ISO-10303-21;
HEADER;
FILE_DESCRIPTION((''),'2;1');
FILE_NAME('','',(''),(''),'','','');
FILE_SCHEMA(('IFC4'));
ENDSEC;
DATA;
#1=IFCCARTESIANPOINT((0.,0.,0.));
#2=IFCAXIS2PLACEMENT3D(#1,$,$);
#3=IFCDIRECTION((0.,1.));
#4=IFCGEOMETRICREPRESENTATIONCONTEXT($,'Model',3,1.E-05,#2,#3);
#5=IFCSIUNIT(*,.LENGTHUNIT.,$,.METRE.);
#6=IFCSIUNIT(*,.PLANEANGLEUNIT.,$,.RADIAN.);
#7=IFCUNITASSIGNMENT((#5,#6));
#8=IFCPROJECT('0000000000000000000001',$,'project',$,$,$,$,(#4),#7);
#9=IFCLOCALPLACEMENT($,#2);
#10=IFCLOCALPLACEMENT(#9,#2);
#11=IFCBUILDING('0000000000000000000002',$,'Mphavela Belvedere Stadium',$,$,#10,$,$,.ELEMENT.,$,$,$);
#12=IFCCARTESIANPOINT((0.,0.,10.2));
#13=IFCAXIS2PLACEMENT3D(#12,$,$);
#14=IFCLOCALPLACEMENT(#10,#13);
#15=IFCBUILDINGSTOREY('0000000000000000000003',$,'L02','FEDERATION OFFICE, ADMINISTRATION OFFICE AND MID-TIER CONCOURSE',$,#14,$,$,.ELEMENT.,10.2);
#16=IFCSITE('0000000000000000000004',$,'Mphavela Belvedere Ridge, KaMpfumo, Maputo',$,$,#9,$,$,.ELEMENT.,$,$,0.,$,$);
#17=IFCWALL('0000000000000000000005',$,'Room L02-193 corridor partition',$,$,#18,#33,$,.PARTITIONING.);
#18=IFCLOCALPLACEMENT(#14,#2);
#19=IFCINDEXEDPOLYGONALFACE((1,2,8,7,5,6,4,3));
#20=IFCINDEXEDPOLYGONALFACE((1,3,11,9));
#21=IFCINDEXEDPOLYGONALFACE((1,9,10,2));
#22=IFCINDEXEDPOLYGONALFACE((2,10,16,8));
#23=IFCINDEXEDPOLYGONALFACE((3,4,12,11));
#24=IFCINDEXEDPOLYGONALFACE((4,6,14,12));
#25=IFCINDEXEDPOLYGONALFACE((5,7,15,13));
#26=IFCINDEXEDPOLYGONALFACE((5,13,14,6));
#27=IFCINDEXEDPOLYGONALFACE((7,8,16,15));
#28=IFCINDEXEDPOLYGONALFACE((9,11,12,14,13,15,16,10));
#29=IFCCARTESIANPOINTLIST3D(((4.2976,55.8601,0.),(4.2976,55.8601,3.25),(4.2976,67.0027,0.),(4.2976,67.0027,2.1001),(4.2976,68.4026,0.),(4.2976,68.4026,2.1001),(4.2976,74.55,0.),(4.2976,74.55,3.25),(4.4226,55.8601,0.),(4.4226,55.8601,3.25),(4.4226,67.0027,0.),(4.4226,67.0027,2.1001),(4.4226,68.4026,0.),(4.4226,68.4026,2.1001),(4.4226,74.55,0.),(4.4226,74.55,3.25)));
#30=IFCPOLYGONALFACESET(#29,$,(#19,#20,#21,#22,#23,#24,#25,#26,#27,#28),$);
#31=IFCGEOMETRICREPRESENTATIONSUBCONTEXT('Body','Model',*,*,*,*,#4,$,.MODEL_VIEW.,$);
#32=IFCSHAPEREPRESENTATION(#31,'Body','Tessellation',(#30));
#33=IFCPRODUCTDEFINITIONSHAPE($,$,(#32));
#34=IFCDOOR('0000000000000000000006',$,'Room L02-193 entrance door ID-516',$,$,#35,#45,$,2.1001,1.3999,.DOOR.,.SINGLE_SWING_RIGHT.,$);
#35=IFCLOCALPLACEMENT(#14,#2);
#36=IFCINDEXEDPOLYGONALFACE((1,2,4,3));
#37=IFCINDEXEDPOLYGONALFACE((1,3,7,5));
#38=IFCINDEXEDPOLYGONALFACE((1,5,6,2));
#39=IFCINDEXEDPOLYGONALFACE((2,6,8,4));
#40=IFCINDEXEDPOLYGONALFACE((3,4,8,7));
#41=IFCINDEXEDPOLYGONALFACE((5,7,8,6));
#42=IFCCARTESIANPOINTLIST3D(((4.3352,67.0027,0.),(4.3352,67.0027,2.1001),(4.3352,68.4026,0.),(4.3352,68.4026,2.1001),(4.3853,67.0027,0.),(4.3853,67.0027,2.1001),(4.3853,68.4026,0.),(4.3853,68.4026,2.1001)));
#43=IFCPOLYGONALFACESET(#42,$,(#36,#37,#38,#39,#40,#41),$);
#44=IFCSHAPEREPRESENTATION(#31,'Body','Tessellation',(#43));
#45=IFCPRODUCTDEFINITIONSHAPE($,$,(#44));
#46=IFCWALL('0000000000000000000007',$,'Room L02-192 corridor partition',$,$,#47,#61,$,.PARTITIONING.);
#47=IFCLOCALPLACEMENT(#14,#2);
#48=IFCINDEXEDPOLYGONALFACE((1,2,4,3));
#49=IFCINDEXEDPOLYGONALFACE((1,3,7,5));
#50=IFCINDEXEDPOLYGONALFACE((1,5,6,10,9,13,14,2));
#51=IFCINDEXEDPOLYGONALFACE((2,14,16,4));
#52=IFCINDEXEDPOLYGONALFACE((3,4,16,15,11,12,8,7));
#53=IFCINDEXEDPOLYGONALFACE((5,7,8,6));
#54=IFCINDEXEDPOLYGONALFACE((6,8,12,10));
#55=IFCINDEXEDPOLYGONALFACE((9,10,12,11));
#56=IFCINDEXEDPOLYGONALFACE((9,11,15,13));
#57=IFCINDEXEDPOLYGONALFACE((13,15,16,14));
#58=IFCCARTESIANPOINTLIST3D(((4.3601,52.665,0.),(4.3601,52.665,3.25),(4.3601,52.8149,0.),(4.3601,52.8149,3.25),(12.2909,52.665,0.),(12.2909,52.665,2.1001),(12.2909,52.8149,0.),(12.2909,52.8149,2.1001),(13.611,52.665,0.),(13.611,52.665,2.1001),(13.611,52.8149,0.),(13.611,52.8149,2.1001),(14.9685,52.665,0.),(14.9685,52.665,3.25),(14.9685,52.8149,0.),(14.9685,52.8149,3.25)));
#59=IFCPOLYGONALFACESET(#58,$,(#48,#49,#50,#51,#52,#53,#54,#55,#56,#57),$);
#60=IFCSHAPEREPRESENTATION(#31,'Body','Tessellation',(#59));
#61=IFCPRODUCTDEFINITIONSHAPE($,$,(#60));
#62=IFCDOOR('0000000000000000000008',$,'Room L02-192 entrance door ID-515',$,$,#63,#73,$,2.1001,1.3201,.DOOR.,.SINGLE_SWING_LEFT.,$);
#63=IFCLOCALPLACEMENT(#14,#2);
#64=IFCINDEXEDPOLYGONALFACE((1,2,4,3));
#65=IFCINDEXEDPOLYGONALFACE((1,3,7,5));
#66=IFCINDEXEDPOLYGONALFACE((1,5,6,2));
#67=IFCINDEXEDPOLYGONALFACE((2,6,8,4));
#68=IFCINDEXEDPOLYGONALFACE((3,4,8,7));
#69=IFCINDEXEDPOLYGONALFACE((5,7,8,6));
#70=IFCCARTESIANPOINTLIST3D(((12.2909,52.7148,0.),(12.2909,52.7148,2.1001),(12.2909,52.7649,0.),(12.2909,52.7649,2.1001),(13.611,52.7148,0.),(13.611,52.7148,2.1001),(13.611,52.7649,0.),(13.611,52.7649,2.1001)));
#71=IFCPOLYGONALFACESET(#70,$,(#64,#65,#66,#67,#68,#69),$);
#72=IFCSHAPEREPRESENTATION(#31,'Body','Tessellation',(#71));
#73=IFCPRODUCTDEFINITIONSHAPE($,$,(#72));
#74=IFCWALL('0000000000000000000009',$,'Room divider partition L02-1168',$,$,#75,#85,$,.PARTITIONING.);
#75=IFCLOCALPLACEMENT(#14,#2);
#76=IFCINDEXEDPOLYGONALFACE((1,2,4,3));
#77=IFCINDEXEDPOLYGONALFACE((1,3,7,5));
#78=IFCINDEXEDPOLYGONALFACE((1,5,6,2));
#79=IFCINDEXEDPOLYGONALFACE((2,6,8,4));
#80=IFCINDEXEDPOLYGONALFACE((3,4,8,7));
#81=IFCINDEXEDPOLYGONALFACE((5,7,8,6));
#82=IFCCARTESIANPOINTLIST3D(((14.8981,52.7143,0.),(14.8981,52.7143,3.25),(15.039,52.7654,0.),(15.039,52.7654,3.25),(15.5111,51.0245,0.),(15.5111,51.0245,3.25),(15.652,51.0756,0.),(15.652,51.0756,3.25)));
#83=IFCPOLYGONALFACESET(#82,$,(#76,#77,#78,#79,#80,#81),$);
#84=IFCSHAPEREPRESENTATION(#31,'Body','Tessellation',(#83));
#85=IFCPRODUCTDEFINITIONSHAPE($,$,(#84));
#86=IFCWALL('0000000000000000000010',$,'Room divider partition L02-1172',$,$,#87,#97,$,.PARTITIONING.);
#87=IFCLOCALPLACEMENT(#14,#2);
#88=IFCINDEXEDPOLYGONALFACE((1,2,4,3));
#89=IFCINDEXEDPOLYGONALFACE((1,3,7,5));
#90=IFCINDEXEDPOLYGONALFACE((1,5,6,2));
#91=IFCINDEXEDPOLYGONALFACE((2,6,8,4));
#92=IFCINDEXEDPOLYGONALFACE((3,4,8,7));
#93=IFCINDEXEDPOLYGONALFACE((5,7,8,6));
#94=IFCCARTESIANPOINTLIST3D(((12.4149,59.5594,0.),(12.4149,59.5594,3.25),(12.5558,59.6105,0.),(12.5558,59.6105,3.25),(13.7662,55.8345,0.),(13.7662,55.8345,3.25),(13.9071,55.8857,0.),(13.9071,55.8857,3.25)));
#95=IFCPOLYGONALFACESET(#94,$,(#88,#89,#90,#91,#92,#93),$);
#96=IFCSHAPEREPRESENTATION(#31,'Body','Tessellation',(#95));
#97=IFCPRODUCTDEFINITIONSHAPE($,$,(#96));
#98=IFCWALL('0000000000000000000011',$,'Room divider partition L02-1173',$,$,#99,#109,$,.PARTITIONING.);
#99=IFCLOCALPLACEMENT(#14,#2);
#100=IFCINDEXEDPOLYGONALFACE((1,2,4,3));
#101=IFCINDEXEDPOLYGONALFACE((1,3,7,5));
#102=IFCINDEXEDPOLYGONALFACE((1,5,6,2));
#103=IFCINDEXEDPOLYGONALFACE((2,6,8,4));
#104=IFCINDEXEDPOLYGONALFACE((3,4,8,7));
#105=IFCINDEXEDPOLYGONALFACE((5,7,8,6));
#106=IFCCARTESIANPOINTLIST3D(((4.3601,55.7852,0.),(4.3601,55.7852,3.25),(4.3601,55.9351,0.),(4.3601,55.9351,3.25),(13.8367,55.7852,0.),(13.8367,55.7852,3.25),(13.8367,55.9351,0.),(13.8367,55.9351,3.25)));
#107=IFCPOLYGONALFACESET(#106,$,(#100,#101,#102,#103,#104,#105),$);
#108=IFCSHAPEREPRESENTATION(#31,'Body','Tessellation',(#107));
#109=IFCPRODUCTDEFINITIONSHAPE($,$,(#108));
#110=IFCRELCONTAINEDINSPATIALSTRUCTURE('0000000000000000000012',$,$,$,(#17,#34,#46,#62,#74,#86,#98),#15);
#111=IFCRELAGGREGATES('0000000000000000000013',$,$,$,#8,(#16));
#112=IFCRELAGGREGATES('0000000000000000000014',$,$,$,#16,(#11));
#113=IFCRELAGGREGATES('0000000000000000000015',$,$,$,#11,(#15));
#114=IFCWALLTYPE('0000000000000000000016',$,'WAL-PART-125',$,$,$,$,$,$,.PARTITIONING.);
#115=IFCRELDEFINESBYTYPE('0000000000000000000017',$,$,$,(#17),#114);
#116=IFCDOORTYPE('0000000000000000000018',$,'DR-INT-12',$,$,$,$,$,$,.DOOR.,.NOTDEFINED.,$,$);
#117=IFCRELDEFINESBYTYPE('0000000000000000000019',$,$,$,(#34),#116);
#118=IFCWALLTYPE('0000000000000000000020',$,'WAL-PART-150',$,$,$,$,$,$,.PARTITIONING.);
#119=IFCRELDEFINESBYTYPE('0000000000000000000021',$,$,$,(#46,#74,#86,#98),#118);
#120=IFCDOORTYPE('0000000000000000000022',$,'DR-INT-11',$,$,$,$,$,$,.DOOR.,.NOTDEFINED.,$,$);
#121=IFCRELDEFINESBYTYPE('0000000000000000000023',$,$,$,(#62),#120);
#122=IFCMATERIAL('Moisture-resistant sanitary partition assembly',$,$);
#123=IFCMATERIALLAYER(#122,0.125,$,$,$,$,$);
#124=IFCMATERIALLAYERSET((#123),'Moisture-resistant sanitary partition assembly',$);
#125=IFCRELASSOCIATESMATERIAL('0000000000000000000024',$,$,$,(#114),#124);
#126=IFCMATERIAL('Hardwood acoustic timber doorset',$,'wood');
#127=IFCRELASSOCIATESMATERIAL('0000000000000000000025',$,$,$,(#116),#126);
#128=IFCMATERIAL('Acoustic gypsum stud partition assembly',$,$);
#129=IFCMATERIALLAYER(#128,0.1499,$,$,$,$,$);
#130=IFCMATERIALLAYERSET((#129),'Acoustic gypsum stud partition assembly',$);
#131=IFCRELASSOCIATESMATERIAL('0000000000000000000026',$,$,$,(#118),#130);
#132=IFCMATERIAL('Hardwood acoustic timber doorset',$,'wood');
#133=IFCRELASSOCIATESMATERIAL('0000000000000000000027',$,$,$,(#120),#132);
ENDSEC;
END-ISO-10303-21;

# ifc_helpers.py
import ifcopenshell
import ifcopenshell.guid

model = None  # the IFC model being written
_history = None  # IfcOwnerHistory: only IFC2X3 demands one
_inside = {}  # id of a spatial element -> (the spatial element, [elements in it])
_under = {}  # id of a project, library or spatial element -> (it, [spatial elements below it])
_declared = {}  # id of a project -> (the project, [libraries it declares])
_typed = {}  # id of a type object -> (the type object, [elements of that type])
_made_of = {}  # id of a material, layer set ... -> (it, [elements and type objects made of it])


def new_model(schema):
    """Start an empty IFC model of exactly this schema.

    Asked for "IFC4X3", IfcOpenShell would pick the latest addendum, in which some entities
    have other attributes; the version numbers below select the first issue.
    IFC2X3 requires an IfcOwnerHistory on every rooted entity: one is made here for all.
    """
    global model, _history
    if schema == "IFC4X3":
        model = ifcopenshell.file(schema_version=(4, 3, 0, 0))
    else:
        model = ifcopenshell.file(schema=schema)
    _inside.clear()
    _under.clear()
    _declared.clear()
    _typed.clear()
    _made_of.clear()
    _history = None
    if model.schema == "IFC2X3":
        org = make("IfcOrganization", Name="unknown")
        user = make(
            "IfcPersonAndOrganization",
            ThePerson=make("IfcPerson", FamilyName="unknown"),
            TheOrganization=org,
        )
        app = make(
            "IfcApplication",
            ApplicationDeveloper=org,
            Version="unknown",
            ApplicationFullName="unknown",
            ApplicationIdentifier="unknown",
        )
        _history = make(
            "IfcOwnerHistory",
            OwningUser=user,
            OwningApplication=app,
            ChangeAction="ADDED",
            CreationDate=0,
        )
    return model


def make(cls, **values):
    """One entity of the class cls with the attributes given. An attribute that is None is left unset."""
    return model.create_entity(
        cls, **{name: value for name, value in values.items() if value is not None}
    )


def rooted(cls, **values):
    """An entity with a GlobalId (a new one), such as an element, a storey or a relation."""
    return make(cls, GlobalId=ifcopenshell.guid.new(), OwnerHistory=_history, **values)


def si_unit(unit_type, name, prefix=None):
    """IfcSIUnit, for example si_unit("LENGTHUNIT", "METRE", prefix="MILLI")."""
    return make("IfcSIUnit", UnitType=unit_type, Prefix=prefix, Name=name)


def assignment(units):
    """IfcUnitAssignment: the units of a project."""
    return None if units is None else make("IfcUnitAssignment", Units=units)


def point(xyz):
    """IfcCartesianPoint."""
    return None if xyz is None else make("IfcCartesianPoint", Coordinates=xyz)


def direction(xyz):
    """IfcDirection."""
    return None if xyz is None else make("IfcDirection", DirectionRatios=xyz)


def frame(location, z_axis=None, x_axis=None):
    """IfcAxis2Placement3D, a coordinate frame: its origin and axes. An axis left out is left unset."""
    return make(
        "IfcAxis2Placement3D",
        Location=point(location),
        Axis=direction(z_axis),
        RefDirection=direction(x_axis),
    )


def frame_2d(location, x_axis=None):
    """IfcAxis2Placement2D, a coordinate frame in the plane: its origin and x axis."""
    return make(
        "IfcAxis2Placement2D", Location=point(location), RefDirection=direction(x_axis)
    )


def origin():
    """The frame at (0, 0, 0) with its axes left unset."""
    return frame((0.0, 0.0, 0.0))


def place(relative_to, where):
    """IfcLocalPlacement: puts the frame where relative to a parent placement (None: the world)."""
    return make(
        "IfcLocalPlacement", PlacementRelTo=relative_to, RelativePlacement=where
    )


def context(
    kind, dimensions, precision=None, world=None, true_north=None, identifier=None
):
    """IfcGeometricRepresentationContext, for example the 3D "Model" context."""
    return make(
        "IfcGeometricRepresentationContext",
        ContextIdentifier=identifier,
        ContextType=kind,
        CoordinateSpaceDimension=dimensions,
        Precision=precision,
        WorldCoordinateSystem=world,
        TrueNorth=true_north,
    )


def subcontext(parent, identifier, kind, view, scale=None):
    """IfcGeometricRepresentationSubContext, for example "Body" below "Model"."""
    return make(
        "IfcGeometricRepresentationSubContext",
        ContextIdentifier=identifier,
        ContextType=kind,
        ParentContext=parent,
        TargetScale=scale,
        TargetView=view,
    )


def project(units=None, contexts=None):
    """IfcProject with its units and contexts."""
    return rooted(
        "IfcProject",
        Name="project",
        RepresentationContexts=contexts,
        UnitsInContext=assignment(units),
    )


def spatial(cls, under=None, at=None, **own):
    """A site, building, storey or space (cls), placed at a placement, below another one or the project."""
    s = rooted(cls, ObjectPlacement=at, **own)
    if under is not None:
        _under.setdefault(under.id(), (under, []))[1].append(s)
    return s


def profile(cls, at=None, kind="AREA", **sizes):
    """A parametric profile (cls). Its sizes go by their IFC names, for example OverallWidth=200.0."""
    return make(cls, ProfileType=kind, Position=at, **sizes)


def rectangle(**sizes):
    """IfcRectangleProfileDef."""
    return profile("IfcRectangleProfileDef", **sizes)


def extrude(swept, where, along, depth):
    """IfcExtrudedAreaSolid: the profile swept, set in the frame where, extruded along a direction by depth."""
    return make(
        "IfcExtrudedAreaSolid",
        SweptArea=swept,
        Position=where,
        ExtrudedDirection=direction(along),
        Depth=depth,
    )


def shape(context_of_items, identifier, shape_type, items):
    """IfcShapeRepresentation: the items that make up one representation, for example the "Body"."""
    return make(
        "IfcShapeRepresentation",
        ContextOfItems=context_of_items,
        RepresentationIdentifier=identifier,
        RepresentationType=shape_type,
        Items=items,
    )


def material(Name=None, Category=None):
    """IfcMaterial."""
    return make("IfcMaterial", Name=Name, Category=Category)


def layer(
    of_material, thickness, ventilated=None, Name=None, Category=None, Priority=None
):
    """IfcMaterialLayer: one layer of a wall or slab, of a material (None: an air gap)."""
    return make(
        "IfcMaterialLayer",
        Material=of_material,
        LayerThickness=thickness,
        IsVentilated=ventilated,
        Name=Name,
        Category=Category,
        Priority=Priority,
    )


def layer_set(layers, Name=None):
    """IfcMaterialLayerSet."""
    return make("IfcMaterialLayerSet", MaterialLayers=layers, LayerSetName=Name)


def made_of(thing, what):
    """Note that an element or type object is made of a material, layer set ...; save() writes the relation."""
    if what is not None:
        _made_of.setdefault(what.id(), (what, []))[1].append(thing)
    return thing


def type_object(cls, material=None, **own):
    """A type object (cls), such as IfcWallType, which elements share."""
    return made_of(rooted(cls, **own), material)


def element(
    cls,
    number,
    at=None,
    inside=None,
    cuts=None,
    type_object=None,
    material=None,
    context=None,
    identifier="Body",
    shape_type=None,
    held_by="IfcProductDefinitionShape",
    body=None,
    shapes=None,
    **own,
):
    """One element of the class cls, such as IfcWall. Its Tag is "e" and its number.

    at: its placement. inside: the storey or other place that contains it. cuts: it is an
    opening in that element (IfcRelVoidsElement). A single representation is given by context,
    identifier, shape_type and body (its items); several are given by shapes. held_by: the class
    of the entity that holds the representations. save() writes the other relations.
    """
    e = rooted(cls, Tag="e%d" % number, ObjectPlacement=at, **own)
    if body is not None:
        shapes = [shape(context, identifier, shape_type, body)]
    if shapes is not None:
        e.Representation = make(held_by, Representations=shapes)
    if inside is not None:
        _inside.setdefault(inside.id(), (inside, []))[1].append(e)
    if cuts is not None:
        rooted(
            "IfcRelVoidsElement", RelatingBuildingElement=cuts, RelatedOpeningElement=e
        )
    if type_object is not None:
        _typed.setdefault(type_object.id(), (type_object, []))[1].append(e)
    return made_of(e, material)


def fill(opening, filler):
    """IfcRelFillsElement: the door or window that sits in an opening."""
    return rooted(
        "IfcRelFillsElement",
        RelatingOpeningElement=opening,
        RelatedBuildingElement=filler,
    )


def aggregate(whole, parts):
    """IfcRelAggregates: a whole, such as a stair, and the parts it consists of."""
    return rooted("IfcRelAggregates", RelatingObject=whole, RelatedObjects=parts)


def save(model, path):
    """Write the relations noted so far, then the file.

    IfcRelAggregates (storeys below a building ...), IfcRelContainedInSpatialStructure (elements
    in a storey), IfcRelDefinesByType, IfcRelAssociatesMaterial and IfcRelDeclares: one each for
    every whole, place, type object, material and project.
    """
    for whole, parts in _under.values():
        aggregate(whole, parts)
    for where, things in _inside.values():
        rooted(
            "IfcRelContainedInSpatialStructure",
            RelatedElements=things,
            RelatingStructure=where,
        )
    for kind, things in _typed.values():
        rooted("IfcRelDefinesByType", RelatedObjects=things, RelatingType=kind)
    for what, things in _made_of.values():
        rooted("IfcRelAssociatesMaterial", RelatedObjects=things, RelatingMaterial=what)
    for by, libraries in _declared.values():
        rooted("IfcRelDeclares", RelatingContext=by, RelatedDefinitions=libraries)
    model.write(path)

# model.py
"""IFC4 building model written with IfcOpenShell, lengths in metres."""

from ifc_helpers import new_model, si_unit, direction, frame, frame_2d, origin, place, context, subcontext, project, spatial, rectangle, extrude, material, layer, layer_set, type_object, element, fill, save


model = new_model("IFC4")

# Units and contexts
model_context = context("Model", 3, precision=1e-05, world=origin(), true_north=direction((0.0, 1.0)))
body_context = subcontext(model_context, "Body", "Model", "MODEL_VIEW")
ifc_project = project(units=[si_unit("LENGTHUNIT", "METRE"), si_unit("PLANEANGLEUNIT", "RADIAN")], contexts=[model_context])

# Site, building, storey
site_placement = place(None, origin())
site = spatial("IfcSite", under=ifc_project, at=site_placement, Name="Mphavela Belvedere Ridge, KaMpfumo, Maputo", CompositionType="ELEMENT", RefElevation=0.0)
building_placement = place(site_placement, origin())
building = spatial("IfcBuilding", under=site, at=building_placement, Name="Mphavela Belvedere Stadium", CompositionType="ELEMENT")
storey_placement = place(building_placement, frame((0.0, 0.0, 10.2)))
storey = spatial("IfcBuildingStorey", under=building, at=storey_placement, Name="L02", Description="FEDERATION OFFICE, ADMINISTRATION OFFICE AND MID-TIER CONCOURSE", CompositionType="ELEMENT", Elevation=10.2)

# Walls, openings, doors
ifc_material_1 = material(Name="Moisture-resistant sanitary partition assembly")
ifc_layer_1 = layer(ifc_material_1, 0.125)
ifc_layer_set_1 = layer_set([ifc_layer_1], Name="Moisture-resistant sanitary partition assembly")
wall_type_1 = type_object("IfcWallType", Name="WAL-PART-125", PredefinedType="PARTITIONING", material=ifc_layer_set_1)
wall_1_placement = place(storey_placement, frame((4.3601, 55.8601, 0.0), z_axis=(0.0, 0.0, 1.0), x_axis=(0.0, 1.0, 0.0)))
wall_1 = element("IfcWall", 1, at=wall_1_placement, inside=storey, type_object=wall_type_1, Name="Room L02-193 corridor partition", PredefinedType="PARTITIONING", context=body_context, shape_type="SweptSolid", body=[
    extrude(rectangle(XDim=18.6899, YDim=0.125, at=frame_2d((9.345, 0.0))), origin(), (0.0, 0.0, 1.0), 3.25),
])
opening_1_placement = place(wall_1_placement, frame((11.1426, 0.0, 0.0)))
opening_1 = element("IfcOpeningElement", 2, at=opening_1_placement, cuts=wall_1, PredefinedType="OPENING", context=body_context, shape_type="SweptSolid", body=[
    extrude(rectangle(XDim=1.3999, YDim=2.1001, at=frame_2d((0.7, 1.05))), frame((0.0, 0.0725, 0.0), z_axis=(0.0, -1.0, 0.0), x_axis=(1.0, 0.0, 0.0)), (0.0, 0.0, 1.0), 0.145),
])
ifc_material_2 = material(Name="Hardwood acoustic timber doorset", Category="wood")
door_type_1 = type_object("IfcDoorType", Name="DR-INT-12", OperationType="NOTDEFINED", PredefinedType="DOOR", material=ifc_material_2)
door_1_placement = place(opening_1_placement, origin())
door_1 = element("IfcDoor", 3, at=door_1_placement, inside=storey, type_object=door_type_1, Name="Room L02-193 entrance door ID-516", OperationType="SINGLE_SWING_RIGHT", OverallHeight=2.1001, OverallWidth=1.3999, PredefinedType="DOOR", context=body_context, shape_type="SweptSolid", body=[
    extrude(rectangle(XDim=1.3999, YDim=2.1001, at=frame_2d((0.7, 1.05))), frame((0.0, 0.0249, 0.0), z_axis=(0.0, -1.0, 0.0), x_axis=(1.0, 0.0, 0.0)), (0.0, 0.0, 1.0), 0.05),
])
fill(opening_1, door_1)
ifc_material_3 = material(Name="Acoustic gypsum stud partition assembly")
ifc_layer_2 = layer(ifc_material_3, 0.1499)
ifc_layer_set_2 = layer_set([ifc_layer_2], Name="Acoustic gypsum stud partition assembly")
wall_type_2 = type_object("IfcWallType", Name="WAL-PART-150", PredefinedType="PARTITIONING", material=ifc_layer_set_2)
wall_2_placement = place(storey_placement, frame((4.3601, 52.74, 0.0), z_axis=(0.0, 0.0, 1.0), x_axis=(1.0, 0.0, 0.0)))
wall_2 = element("IfcWall", 4, at=wall_2_placement, inside=storey, type_object=wall_type_2, Name="Room L02-192 corridor partition", PredefinedType="PARTITIONING", context=body_context, shape_type="SweptSolid", body=[
    extrude(rectangle(XDim=10.6084, YDim=0.1499, at=frame_2d((5.3042, 0.0))), origin(), (0.0, 0.0, 1.0), 3.25),
])
opening_2_placement = place(wall_2_placement, frame((7.9307, 0.0, 0.0)))
opening_2 = element("IfcOpeningElement", 5, at=opening_2_placement, cuts=wall_2, PredefinedType="OPENING", context=body_context, shape_type="SweptSolid", body=[
    extrude(rectangle(XDim=1.3201, YDim=2.1001, at=frame_2d((0.6602, 1.05))), frame((0.0, 0.085, 0.0), z_axis=(0.0, -1.0, 0.0), x_axis=(1.0, 0.0, 0.0)), (0.0, 0.0, 1.0), 0.1699),
])
ifc_material_4 = material(Name="Hardwood acoustic timber doorset", Category="wood")
door_type_2 = type_object("IfcDoorType", Name="DR-INT-11", OperationType="NOTDEFINED", PredefinedType="DOOR", material=ifc_material_4)
door_2_placement = place(opening_2_placement, origin())
door_2 = element("IfcDoor", 6, at=door_2_placement, inside=storey, type_object=door_type_2, Name="Room L02-192 entrance door ID-515", OperationType="SINGLE_SWING_LEFT", OverallHeight=2.1001, OverallWidth=1.3201, PredefinedType="DOOR", context=body_context, shape_type="SweptSolid", body=[
    extrude(rectangle(XDim=1.3201, YDim=2.1001, at=frame_2d((0.6602, 1.05))), frame((0.0, 0.0249, 0.0), z_axis=(0.0, -1.0, 0.0), x_axis=(1.0, 0.0, 0.0)), (0.0, 0.0, 1.0), 0.05),
])
fill(opening_2, door_2)

# Walls
wall_3_placement = place(storey_placement, frame((14.9685, 52.74, 0.0), z_axis=(0.0, 0.0, 1.0), x_axis=(0.341012, -0.940059, 0.0)))
element("IfcWall", 7, at=wall_3_placement, inside=storey, type_object=wall_type_2, Name="Room divider partition L02-1168", PredefinedType="PARTITIONING", context=body_context, shape_type="SweptSolid", body=[
    extrude(rectangle(XDim=1.7976, YDim=0.1499, at=frame_2d((0.8989, 0.0))), origin(), (0.0, 0.0, 1.0), 3.25),
])
wall_4_placement = place(storey_placement, frame((12.4854, 59.585, 0.0), z_axis=(0.0, 0.0, 1.0), x_axis=(0.341036, -0.94005, 0.0)))
element("IfcWall", 8, at=wall_4_placement, inside=storey, type_object=wall_type_2, Name="Room divider partition L02-1172", PredefinedType="PARTITIONING", context=body_context, shape_type="SweptSolid", body=[
    extrude(rectangle(XDim=3.9624, YDim=0.1499, at=frame_2d((1.9812, 0.0))), origin(), (0.0, 0.0, 1.0), 3.25),
])
wall_5_placement = place(storey_placement, frame((13.8367, 55.8601, 0.0), z_axis=(0.0, 0.0, 1.0), x_axis=(-1.0, 0.0, 0.0)))
element("IfcWall", 9, at=wall_5_placement, inside=storey, type_object=wall_type_2, Name="Room divider partition L02-1173", PredefinedType="PARTITIONING", context=body_context, shape_type="SweptSolid", body=[
    extrude(rectangle(XDim=9.4766, YDim=0.1499, at=frame_2d((4.7383, 0.0))), origin(), (0.0, 0.0, 1.0), 3.25),
])

save(model, "model.ifc")
